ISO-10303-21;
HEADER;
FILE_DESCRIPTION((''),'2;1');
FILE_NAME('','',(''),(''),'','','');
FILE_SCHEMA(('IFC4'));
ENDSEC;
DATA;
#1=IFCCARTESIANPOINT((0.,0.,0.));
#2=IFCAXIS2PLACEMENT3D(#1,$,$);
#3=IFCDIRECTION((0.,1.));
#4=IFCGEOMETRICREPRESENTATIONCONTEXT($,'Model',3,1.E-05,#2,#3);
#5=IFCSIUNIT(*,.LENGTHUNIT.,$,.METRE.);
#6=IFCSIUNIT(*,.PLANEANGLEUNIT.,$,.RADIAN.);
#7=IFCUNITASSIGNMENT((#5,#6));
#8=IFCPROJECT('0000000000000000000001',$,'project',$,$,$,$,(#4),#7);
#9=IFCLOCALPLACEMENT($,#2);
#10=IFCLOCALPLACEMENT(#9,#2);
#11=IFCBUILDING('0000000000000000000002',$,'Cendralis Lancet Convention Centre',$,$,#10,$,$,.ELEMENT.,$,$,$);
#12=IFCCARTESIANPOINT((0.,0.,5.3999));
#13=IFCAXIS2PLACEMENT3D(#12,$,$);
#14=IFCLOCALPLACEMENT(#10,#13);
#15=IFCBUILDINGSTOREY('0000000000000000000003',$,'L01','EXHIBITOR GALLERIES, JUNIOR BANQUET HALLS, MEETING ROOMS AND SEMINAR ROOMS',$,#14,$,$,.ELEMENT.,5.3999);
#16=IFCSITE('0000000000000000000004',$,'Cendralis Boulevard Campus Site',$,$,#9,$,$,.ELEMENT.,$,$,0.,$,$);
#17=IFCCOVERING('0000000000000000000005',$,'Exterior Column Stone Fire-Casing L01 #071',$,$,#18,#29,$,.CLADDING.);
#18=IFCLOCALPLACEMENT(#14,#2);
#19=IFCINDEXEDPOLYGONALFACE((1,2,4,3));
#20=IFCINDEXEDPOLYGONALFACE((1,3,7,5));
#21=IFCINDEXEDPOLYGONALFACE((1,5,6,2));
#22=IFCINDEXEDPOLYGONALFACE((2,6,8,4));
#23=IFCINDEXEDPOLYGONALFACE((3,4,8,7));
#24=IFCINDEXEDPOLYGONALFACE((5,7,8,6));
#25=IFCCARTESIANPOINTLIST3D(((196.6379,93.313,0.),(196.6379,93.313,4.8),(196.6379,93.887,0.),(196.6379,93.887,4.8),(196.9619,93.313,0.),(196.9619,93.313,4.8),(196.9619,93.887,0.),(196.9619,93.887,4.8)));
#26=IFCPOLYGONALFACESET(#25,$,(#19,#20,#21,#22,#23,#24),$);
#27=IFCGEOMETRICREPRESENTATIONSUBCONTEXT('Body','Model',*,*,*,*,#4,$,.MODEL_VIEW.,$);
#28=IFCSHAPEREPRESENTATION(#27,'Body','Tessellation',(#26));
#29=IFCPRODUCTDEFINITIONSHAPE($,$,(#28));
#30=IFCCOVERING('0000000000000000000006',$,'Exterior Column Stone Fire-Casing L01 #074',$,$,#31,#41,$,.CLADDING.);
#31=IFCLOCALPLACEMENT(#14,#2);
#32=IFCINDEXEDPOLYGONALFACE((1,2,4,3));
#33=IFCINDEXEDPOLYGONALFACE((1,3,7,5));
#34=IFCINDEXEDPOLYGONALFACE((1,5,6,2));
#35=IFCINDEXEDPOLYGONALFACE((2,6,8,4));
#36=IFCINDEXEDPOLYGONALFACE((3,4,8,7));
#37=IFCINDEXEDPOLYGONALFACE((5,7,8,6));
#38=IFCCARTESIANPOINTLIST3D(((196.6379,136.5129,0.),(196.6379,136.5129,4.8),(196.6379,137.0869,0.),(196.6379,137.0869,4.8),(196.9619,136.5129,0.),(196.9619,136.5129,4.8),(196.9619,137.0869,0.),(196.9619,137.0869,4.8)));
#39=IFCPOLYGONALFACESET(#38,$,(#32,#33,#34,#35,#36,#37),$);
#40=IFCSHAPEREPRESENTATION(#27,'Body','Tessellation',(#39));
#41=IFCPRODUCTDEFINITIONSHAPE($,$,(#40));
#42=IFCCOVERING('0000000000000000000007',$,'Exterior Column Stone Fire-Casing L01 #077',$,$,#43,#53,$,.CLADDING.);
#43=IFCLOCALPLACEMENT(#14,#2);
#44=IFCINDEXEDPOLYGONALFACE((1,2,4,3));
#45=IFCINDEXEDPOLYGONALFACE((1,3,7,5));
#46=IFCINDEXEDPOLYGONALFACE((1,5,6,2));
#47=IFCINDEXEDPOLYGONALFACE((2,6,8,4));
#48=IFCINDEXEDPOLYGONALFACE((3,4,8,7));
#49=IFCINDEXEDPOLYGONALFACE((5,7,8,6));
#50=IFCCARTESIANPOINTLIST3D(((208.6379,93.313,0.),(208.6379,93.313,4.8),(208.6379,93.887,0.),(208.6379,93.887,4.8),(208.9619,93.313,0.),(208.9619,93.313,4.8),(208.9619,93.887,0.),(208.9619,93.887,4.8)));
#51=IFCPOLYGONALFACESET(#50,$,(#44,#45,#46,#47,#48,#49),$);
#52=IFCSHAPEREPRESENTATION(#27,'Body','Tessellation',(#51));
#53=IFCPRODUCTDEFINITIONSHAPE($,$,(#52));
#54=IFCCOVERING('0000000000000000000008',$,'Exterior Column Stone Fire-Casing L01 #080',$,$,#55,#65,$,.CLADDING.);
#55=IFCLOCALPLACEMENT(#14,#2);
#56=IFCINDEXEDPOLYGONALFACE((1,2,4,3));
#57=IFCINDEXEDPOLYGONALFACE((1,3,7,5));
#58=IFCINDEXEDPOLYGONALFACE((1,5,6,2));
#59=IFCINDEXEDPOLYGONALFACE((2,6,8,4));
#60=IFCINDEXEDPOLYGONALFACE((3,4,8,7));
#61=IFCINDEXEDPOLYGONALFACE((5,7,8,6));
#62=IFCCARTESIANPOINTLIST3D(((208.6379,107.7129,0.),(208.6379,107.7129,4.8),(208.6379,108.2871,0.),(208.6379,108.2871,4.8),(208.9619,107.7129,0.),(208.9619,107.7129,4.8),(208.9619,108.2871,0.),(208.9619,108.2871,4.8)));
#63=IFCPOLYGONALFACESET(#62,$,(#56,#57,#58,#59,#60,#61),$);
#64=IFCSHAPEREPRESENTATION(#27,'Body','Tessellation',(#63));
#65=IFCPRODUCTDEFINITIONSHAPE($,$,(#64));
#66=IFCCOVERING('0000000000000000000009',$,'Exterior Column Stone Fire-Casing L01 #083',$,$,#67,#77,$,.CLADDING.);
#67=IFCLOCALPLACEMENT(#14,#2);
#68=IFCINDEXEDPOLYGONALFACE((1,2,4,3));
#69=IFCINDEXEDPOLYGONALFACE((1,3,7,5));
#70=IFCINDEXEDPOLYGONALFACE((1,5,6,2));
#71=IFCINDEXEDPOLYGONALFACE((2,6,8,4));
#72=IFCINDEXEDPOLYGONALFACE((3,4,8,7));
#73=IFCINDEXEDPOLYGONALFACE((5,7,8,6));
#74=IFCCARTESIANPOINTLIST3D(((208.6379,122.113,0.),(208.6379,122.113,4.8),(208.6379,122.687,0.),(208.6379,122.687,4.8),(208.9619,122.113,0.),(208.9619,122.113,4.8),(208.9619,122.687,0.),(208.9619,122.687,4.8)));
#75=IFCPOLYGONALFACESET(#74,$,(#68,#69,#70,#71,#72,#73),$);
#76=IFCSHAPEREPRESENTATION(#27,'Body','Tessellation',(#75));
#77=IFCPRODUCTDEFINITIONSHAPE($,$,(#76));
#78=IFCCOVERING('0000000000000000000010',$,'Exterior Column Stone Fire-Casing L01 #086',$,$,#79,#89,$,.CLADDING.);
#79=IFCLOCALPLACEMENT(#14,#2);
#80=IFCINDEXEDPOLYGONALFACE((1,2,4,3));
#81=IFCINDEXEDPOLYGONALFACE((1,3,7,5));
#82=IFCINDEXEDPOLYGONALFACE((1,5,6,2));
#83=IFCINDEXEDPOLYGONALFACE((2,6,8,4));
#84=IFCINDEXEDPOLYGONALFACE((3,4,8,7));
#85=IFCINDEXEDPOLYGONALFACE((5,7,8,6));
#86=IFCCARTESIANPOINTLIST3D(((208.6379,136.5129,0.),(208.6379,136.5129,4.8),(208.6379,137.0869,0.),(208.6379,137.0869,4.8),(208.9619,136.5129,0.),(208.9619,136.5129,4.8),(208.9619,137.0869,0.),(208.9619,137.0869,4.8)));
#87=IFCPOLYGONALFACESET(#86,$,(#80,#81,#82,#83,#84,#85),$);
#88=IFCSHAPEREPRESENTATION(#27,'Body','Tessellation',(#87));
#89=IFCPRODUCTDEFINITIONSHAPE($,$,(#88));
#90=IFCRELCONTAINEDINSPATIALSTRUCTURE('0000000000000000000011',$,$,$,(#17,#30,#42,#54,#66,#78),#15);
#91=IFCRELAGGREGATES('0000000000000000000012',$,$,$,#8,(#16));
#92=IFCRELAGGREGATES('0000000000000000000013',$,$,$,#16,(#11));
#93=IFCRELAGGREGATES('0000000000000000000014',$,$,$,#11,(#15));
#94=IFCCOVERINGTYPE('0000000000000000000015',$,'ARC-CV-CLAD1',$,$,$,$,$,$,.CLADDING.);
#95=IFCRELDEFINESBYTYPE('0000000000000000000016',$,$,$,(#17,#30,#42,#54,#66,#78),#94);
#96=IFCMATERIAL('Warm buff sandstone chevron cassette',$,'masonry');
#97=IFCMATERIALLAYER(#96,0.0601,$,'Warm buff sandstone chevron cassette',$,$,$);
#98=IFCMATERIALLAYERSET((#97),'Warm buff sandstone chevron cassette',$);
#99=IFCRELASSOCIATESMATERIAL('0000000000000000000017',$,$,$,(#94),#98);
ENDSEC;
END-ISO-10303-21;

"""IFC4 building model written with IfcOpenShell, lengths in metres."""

from ifc_helpers import new_model, si_unit, direction, frame, origin, place, context, subcontext, project, spatial, polyline, outline, extrude, material, layer, layer_set, type_object, element, save


model = new_model("IFC4")

# Units and contexts
model_context = context("Model", 3, precision=1e-05, world=origin(), true_north=direction((0.0, 1.0)))
body_context = subcontext(model_context, "Body", "Model", "MODEL_VIEW")
ifc_project = project(units=[si_unit("LENGTHUNIT", "METRE"), si_unit("PLANEANGLEUNIT", "RADIAN")], contexts=[model_context])

# Site, building, storey
site_placement = place(None, origin())
site = spatial("IfcSite", under=ifc_project, at=site_placement, Name="Cendralis Boulevard Campus Site", CompositionType="ELEMENT", RefElevation=0.0)
building_placement = place(site_placement, origin())
building = spatial("IfcBuilding", under=site, at=building_placement, Name="Cendralis Lancet Convention Centre", CompositionType="ELEMENT")
storey_placement = place(building_placement, frame((0.0, 0.0, 5.3999)))
storey = spatial("IfcBuildingStorey", under=building, at=storey_placement, Name="L01", Description="EXHIBITOR GALLERIES, JUNIOR BANQUET HALLS, MEETING ROOMS AND SEMINAR ROOMS", CompositionType="ELEMENT", Elevation=5.3999)

# Coverings
ifc_material = material(Name="Warm buff sandstone chevron cassette", Category="masonry")
ifc_layer = layer(ifc_material, 0.0601, Name="Warm buff sandstone chevron cassette")
ifc_layer_set = layer_set([ifc_layer], Name="Warm buff sandstone chevron cassette")
covering_type = type_object("IfcCoveringType", Name="ARC-CV-CLAD1", PredefinedType="CLADDING", material=ifc_layer_set)
covering_1_placement = place(storey_placement, origin())
element("IfcCovering", 1, at=covering_1_placement, inside=storey, type_object=covering_type, Name="Exterior Column Stone Fire-Casing L01 #071", PredefinedType="CLADDING", context=body_context, shape_type="SweptSolid", body=[
    extrude(outline(polyline([(196.6379, 93.313), (196.9619, 93.313), (196.9619, 93.887), (196.6379, 93.887), (196.6379, 93.313)])), origin(), (0.0, 0.0, 1.0), 4.8),
])
covering_2_placement = place(storey_placement, origin())
element("IfcCovering", 2, at=covering_2_placement, inside=storey, type_object=covering_type, Name="Exterior Column Stone Fire-Casing L01 #074", PredefinedType="CLADDING", context=body_context, shape_type="SweptSolid", body=[
    extrude(outline(polyline([(196.6379, 136.5129), (196.9619, 136.5129), (196.9619, 137.0869), (196.6379, 137.0869), (196.6379, 136.5129)])), origin(), (0.0, 0.0, 1.0), 4.8),
])
covering_3_placement = place(storey_placement, origin())
element("IfcCovering", 3, at=covering_3_placement, inside=storey, type_object=covering_type, Name="Exterior Column Stone Fire-Casing L01 #077", PredefinedType="CLADDING", context=body_context, shape_type="SweptSolid", body=[
    extrude(outline(polyline([(208.6379, 93.313), (208.9619, 93.313), (208.9619, 93.887), (208.6379, 93.887), (208.6379, 93.313)])), origin(), (0.0, 0.0, 1.0), 4.8),
])
covering_4_placement = place(storey_placement, origin())
element("IfcCovering", 4, at=covering_4_placement, inside=storey, type_object=covering_type, Name="Exterior Column Stone Fire-Casing L01 #080", PredefinedType="CLADDING", context=body_context, shape_type="SweptSolid", body=[
    extrude(outline(polyline([(208.6379, 107.7129), (208.9619, 107.7129), (208.9619, 108.2871), (208.6379, 108.2871), (208.6379, 107.7129)])), origin(), (0.0, 0.0, 1.0), 4.8),
])
covering_5_placement = place(storey_placement, origin())
element("IfcCovering", 5, at=covering_5_placement, inside=storey, type_object=covering_type, Name="Exterior Column Stone Fire-Casing L01 #083", PredefinedType="CLADDING", context=body_context, shape_type="SweptSolid", body=[
    extrude(outline(polyline([(208.6379, 122.113), (208.9619, 122.113), (208.9619, 122.687), (208.6379, 122.687), (208.6379, 122.113)])), origin(), (0.0, 0.0, 1.0), 4.8),
])
covering_6_placement = place(storey_placement, origin())
element("IfcCovering", 6, at=covering_6_placement, inside=storey, type_object=covering_type, Name="Exterior Column Stone Fire-Casing L01 #086", PredefinedType="CLADDING", context=body_context, shape_type="SweptSolid", body=[
    extrude(outline(polyline([(208.6379, 136.5129), (208.9619, 136.5129), (208.9619, 137.0869), (208.6379, 137.0869), (208.6379, 136.5129)])), origin(), (0.0, 0.0, 1.0), 4.8),
])

save(model, "model.ifc")
